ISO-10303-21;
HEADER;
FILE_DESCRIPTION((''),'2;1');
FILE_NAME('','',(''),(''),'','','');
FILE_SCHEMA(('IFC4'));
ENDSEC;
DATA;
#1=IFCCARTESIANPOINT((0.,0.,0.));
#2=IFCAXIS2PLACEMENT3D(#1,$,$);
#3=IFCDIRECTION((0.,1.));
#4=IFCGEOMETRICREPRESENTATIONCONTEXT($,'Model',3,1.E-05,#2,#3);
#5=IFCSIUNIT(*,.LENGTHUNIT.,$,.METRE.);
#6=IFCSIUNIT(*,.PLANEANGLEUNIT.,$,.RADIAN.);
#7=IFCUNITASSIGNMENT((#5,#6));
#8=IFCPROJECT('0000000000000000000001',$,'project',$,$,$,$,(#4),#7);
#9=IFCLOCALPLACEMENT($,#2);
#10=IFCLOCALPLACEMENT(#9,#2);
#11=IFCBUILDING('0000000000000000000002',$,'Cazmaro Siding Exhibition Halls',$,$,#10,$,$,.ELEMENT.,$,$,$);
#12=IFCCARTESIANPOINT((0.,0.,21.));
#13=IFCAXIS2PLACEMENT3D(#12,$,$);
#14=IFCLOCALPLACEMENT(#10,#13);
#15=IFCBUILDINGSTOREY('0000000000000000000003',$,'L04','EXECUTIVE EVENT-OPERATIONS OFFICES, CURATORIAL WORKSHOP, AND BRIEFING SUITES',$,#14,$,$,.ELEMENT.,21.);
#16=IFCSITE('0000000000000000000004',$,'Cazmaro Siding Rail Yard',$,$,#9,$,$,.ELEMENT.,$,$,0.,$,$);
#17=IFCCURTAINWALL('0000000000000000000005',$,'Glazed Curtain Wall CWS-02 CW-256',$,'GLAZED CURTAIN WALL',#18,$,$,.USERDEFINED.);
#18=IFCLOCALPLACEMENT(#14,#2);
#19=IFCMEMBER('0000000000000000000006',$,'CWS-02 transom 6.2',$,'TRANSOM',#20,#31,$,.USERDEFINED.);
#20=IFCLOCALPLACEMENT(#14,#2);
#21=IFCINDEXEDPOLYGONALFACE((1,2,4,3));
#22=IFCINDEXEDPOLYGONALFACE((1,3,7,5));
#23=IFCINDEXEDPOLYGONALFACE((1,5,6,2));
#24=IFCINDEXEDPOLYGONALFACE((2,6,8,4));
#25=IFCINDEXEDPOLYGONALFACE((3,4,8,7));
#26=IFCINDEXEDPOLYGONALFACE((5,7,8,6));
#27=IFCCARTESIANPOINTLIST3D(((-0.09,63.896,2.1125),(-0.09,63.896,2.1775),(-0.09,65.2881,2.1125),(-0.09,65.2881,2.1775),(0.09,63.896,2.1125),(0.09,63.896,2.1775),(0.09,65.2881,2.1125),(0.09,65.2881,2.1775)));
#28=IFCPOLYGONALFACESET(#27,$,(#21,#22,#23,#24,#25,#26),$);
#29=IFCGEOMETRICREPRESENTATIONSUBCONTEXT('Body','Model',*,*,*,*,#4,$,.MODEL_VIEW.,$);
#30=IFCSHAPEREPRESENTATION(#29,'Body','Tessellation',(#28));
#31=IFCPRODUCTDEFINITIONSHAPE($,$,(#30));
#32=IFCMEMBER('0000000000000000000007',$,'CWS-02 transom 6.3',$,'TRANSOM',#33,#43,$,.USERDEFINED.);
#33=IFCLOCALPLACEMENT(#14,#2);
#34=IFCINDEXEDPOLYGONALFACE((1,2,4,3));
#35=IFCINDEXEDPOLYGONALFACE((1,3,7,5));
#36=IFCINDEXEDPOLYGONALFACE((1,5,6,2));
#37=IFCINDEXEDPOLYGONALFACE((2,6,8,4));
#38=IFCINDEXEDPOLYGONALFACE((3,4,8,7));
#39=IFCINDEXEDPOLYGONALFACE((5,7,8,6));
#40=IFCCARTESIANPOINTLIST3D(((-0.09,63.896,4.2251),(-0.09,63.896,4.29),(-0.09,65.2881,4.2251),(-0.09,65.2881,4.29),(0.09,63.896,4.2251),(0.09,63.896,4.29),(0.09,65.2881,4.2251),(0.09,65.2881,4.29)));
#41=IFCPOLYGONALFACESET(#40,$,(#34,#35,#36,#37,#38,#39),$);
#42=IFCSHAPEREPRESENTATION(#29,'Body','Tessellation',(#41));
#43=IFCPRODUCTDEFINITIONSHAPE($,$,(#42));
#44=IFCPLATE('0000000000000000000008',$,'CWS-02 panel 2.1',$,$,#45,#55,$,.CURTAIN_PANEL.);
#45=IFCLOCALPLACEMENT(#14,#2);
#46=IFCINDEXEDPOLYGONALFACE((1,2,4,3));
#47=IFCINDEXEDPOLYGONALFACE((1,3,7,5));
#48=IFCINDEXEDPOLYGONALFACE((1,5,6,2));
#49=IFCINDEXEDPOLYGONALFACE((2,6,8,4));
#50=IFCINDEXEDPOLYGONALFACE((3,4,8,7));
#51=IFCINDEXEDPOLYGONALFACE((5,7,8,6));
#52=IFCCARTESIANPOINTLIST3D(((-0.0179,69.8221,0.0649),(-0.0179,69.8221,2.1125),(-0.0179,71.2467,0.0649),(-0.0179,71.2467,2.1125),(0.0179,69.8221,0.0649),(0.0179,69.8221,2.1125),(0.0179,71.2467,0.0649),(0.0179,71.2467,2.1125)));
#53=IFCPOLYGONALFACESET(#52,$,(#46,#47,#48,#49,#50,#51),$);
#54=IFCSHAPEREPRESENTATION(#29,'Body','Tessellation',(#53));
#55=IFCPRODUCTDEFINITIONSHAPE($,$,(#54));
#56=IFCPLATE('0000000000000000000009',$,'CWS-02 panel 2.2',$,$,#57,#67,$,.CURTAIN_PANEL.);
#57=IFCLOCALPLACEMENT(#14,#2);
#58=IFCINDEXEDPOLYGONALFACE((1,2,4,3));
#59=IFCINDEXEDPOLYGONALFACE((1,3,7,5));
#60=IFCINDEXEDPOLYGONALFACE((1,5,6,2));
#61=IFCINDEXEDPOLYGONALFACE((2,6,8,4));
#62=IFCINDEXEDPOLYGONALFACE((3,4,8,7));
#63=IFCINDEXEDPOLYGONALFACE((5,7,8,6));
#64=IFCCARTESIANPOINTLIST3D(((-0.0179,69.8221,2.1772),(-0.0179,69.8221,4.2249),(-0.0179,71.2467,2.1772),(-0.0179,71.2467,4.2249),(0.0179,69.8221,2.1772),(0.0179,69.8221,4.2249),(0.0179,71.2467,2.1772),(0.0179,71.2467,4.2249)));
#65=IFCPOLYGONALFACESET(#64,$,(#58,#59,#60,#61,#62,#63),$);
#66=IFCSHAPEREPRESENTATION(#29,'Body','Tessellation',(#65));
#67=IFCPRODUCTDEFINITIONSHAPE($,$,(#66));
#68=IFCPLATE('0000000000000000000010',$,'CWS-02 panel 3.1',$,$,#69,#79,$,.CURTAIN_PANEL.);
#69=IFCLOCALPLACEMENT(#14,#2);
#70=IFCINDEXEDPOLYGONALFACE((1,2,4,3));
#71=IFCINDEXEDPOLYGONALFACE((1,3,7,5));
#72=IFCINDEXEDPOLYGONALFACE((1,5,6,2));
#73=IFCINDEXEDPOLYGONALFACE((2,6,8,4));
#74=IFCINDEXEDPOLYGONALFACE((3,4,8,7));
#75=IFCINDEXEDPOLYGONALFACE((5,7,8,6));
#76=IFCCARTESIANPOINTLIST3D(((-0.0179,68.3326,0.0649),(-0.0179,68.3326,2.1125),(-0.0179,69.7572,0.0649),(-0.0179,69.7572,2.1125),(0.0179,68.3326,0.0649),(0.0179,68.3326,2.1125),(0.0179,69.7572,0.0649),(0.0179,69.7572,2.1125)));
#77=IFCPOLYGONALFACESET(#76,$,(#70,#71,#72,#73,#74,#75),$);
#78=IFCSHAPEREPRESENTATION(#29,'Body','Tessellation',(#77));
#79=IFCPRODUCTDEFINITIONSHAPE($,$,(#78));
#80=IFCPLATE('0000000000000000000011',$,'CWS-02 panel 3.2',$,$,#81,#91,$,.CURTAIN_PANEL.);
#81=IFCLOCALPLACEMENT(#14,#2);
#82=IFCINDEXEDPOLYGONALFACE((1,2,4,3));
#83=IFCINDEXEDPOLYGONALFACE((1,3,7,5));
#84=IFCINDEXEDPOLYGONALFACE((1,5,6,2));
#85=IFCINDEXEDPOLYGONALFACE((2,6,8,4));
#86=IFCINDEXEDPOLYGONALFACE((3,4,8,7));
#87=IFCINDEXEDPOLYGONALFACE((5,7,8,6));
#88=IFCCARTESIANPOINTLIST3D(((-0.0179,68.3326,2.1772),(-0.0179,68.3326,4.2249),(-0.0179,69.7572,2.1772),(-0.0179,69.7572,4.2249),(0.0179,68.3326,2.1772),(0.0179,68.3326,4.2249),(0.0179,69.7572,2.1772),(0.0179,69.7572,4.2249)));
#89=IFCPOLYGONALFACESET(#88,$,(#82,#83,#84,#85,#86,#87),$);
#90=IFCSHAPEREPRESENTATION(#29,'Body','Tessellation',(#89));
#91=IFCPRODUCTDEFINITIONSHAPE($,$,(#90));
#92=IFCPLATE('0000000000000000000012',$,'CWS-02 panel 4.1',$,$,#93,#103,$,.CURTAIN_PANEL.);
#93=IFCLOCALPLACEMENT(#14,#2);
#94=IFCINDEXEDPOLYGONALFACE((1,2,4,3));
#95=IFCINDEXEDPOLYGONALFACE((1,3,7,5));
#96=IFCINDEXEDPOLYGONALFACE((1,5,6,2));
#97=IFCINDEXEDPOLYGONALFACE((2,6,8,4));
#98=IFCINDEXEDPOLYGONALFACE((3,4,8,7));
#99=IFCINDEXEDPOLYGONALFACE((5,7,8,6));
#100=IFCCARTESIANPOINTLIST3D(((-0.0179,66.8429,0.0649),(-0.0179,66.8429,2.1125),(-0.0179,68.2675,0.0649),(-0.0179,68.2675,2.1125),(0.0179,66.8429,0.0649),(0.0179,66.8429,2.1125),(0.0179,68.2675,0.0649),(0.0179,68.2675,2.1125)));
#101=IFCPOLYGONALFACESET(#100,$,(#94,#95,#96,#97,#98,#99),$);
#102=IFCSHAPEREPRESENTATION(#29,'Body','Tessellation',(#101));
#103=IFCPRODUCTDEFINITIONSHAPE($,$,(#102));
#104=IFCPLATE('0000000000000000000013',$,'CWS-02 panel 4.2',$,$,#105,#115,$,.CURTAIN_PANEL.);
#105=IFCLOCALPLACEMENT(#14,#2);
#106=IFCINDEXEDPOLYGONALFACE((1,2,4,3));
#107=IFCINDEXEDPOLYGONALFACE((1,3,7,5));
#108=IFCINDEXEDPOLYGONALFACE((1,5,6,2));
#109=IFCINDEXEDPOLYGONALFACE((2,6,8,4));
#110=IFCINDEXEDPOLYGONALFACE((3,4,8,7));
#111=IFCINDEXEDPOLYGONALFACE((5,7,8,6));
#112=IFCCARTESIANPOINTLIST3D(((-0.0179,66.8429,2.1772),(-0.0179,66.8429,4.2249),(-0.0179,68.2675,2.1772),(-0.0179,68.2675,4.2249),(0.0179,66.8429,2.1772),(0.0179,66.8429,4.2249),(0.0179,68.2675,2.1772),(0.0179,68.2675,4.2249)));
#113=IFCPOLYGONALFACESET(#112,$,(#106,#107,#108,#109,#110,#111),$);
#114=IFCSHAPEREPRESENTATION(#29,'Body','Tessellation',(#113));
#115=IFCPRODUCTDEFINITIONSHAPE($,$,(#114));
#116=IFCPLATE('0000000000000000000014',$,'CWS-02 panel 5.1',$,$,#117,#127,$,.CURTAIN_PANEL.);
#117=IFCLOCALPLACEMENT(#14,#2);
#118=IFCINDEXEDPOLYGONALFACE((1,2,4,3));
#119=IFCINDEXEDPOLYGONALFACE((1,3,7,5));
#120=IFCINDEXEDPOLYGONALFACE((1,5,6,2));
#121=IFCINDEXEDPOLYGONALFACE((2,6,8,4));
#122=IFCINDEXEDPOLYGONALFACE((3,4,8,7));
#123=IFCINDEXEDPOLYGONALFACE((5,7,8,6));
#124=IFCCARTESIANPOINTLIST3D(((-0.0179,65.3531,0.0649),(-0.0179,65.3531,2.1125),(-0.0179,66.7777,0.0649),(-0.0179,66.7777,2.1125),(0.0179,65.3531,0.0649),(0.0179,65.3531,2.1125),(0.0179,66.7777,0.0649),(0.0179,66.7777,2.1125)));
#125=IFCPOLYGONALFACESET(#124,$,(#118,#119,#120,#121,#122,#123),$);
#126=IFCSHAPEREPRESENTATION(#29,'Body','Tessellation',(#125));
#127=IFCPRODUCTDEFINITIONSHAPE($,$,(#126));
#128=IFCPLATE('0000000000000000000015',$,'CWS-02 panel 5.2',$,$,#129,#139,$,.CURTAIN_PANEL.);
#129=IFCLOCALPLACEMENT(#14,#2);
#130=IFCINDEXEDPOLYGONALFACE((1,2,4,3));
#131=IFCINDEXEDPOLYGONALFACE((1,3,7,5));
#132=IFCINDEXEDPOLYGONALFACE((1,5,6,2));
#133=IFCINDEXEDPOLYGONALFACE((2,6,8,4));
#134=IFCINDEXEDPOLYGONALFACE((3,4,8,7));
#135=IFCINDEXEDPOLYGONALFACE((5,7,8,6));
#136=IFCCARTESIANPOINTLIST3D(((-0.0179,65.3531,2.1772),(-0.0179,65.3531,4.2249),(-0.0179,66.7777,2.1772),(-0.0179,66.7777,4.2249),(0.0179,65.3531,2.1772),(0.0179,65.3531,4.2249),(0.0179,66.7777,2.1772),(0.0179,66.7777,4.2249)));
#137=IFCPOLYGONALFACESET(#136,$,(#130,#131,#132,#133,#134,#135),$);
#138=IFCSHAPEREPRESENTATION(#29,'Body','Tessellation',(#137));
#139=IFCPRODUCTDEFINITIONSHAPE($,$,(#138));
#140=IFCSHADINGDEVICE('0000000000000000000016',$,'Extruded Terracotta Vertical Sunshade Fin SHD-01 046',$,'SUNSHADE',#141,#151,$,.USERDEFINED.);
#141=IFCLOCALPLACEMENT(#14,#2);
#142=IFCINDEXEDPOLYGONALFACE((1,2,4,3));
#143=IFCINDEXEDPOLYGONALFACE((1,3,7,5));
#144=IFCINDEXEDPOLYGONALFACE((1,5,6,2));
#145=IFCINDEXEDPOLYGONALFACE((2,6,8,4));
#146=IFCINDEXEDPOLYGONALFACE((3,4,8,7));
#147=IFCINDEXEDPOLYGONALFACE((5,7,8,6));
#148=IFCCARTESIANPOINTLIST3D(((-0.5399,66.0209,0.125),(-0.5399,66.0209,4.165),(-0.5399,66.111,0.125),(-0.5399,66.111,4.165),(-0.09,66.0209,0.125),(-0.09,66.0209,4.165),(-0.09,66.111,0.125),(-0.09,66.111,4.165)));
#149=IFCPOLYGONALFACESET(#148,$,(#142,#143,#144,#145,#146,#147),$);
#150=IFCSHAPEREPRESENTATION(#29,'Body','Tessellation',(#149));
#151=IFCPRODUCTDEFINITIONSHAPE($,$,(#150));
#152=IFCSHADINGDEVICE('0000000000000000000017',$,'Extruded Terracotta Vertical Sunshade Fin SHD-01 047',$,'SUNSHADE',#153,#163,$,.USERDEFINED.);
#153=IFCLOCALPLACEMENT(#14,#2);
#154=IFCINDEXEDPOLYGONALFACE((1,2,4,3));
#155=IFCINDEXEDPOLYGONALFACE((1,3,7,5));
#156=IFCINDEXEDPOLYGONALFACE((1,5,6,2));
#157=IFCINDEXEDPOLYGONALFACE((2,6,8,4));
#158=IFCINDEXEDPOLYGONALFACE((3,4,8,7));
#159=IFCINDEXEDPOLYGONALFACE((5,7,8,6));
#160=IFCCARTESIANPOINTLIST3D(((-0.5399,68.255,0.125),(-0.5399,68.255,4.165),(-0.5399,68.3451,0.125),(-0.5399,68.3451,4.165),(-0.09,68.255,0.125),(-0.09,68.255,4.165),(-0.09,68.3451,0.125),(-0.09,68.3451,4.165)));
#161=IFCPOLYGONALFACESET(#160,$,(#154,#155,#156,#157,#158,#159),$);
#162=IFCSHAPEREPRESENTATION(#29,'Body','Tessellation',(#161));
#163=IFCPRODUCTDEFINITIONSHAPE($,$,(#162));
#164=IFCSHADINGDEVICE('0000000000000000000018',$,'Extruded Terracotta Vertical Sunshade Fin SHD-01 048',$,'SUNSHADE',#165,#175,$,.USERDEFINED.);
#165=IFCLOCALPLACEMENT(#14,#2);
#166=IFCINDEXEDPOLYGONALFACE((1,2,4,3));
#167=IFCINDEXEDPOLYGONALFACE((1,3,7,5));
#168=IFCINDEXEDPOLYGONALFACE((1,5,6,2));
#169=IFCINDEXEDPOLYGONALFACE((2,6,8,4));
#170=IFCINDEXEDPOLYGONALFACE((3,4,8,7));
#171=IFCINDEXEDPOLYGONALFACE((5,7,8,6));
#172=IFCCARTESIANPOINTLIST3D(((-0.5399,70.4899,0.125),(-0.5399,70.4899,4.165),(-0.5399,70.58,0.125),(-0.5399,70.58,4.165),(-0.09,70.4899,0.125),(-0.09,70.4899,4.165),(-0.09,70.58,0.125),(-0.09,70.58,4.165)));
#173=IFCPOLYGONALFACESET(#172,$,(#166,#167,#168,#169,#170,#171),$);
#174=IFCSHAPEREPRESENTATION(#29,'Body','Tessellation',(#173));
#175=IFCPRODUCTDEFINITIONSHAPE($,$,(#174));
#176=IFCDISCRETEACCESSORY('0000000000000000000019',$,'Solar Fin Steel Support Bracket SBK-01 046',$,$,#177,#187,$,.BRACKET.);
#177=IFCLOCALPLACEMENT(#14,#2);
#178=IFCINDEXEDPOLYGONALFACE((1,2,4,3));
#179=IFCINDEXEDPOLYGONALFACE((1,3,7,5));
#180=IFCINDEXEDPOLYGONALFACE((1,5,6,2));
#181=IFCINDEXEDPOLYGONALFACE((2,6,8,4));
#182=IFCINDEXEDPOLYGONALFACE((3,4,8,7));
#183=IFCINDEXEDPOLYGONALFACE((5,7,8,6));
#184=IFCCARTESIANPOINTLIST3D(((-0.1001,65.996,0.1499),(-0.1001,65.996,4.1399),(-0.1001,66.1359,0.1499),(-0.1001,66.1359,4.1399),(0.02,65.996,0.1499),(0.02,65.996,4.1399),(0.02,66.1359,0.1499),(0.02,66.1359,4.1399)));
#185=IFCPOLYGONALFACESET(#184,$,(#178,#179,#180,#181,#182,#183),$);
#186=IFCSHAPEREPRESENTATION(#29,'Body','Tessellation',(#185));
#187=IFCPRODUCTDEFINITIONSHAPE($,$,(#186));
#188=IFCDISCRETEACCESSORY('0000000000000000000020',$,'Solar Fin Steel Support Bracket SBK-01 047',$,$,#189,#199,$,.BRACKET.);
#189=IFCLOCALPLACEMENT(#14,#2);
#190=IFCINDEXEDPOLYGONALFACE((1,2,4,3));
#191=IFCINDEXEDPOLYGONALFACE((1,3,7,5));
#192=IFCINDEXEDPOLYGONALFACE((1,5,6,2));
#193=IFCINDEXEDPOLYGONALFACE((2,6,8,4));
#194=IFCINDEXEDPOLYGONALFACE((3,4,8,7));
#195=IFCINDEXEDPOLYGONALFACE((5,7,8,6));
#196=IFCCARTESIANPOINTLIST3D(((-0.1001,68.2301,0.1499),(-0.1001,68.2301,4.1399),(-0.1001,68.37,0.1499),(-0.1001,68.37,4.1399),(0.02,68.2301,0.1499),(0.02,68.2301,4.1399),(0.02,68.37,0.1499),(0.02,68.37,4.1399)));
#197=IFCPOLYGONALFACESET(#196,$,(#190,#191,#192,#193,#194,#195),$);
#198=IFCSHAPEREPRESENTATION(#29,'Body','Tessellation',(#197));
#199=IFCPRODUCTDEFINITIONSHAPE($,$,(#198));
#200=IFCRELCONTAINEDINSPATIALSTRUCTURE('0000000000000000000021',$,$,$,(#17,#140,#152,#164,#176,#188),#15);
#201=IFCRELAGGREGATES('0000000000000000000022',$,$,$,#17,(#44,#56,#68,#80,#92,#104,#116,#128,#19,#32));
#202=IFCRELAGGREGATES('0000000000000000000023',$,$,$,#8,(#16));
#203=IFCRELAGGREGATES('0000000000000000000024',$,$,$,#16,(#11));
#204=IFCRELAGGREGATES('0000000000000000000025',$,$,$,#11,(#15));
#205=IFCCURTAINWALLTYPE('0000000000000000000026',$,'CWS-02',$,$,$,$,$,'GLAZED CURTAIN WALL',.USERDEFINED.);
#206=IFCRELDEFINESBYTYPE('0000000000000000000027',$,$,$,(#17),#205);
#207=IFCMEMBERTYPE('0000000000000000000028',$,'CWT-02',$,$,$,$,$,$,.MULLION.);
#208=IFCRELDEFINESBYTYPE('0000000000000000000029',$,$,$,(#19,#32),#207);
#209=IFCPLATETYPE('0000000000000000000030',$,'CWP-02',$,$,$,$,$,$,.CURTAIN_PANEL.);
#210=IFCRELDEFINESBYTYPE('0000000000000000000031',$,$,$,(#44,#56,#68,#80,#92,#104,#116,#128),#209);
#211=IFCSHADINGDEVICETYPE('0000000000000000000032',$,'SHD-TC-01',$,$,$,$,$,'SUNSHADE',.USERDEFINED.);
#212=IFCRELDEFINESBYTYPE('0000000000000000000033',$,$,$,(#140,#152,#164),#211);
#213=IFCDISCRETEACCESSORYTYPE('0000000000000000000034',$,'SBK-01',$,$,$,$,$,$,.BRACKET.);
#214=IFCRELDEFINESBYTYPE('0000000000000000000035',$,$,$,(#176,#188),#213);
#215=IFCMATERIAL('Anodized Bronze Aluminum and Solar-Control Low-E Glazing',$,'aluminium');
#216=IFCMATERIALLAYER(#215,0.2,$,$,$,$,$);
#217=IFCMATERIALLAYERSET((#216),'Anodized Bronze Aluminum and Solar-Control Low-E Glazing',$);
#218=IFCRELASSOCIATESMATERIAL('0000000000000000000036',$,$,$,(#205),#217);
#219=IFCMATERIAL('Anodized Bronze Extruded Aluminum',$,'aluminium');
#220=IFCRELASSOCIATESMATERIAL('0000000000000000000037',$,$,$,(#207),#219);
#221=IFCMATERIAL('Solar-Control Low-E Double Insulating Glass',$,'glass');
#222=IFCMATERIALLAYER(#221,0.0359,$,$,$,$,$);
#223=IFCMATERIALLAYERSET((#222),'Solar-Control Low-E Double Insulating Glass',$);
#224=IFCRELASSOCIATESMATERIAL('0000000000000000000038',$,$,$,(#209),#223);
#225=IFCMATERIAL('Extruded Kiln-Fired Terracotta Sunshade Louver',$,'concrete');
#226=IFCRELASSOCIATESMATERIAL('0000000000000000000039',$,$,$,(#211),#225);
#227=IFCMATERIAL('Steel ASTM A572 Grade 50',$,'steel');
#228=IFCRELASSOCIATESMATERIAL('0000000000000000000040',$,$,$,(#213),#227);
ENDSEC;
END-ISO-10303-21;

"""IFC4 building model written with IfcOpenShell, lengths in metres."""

from ifc_helpers import new_model, si_unit, direction, frame, origin, origin_2d, place, context, subcontext, project, spatial, rectangle, extrude, material, layer, layer_set, material_profile, profile_set, type_object, element, aggregate, save


model = new_model("IFC4")

# Units and contexts
model_context = context("Model", 3, precision=1e-05, world=origin(), true_north=direction((0.0, 1.0)))
body_context = subcontext(model_context, "Body", "Model", "MODEL_VIEW")
ifc_project = project(units=[si_unit("LENGTHUNIT", "METRE"), si_unit("PLANEANGLEUNIT", "RADIAN")], contexts=[model_context])

# Site, building, storey
site_placement = place(None, origin())
site = spatial("IfcSite", under=ifc_project, at=site_placement, Name="Cazmaro Siding Rail Yard", CompositionType="ELEMENT", RefElevation=0.0)
building_placement = place(site_placement, origin())
building = spatial("IfcBuilding", under=site, at=building_placement, Name="Cazmaro Siding Exhibition Halls", CompositionType="ELEMENT")
storey_placement = place(building_placement, frame((0.0, 0.0, 21.0)))
storey = spatial("IfcBuildingStorey", under=building, at=storey_placement, Name="L04", Description="EXECUTIVE EVENT-OPERATIONS OFFICES, CURATORIAL WORKSHOP, AND BRIEFING SUITES", CompositionType="ELEMENT", Elevation=21.0)

# Curtain wall, members, plates
ifc_material_1 = material(Name="Anodized Bronze Aluminum and Solar-Control Low-E Glazing", Category="aluminium")
ifc_layer_1 = layer(ifc_material_1, 0.2)
ifc_layer_set_1 = layer_set([ifc_layer_1], Name="Anodized Bronze Aluminum and Solar-Control Low-E Glazing")
curtain_wall_type = type_object("IfcCurtainWallType", Name="CWS-02", ElementType="GLAZED CURTAIN WALL", PredefinedType="USERDEFINED", material=ifc_layer_set_1)
curtain_wall_placement = place(storey_placement, origin())
curtain_wall = element("IfcCurtainWall", 1, at=curtain_wall_placement, inside=storey, type_object=curtain_wall_type, Name="Glazed Curtain Wall CWS-02 CW-256", ObjectType="GLAZED CURTAIN WALL", PredefinedType="USERDEFINED")
ifc_material_2 = material(Name="Anodized Bronze Extruded Aluminum", Category="aluminium")
ifc_material_profile_1 = material_profile(ifc_material_2, rectangle(XDim=0.1799, YDim=0.0649, at=origin_2d()), Name="CWT-02")
ifc_profile_set_1 = profile_set([ifc_material_profile_1], Name="Anodized Bronze Extruded Aluminum")
member_type_1 = type_object("IfcMemberType", Name="CWT-02", PredefinedType="MULLION", material=ifc_profile_set_1)
member_1_placement = place(storey_placement, frame((0.0, 65.2881, 2.145), z_axis=(0.0, -1.0, 0.0), x_axis=(1.0, 0.0, 0.0)))
member_1 = element("IfcMember", 2, at=member_1_placement, type_object=member_type_1, Name="CWS-02 transom 6.2", ObjectType="TRANSOM", PredefinedType="USERDEFINED", context=body_context, shape_type="SweptSolid", body=[
    extrude(rectangle(XDim=0.1799, YDim=0.0649, at=origin_2d()), origin(), (0.0, 0.0, 1.0), 1.3921),
])
member_2_placement = place(storey_placement, frame((0.0, 65.2881, 4.2576), z_axis=(0.0, -1.0, 0.0), x_axis=(1.0, 0.0, 0.0)))
member_2 = element("IfcMember", 3, at=member_2_placement, type_object=member_type_1, Name="CWS-02 transom 6.3", ObjectType="TRANSOM", PredefinedType="USERDEFINED", context=body_context, shape_type="SweptSolid", body=[
    extrude(rectangle(XDim=0.1799, YDim=0.0649, at=origin_2d()), origin(), (0.0, 0.0, 1.0), 1.3921),
])
ifc_material_3 = material(Name="Solar-Control Low-E Double Insulating Glass", Category="glass")
ifc_layer_2 = layer(ifc_material_3, 0.0359)
ifc_layer_set_2 = layer_set([ifc_layer_2], Name="Solar-Control Low-E Double Insulating Glass")
plate_type = type_object("IfcPlateType", Name="CWP-02", PredefinedType="CURTAIN_PANEL", material=ifc_layer_set_2)
plate_1_placement = place(storey_placement, frame((0.0, 70.5344, 0.0649), z_axis=(0.0, 0.0, 1.0), x_axis=(0.0, -1.0, 0.0)))
plate_1 = element("IfcPlate", 4, at=plate_1_placement, type_object=plate_type, Name="CWS-02 panel 2.1", PredefinedType="CURTAIN_PANEL", context=body_context, shape_type="SweptSolid", body=[
    extrude(rectangle(XDim=1.4246, YDim=0.0359, at=origin_2d()), origin(), (0.0, 0.0, 1.0), 2.0476),
])
plate_2_placement = place(storey_placement, frame((0.0, 70.5344, 2.1772), z_axis=(0.0, 0.0, 1.0), x_axis=(0.0, -1.0, 0.0)))
plate_2 = element("IfcPlate", 5, at=plate_2_placement, type_object=plate_type, Name="CWS-02 panel 2.2", PredefinedType="CURTAIN_PANEL", context=body_context, shape_type="SweptSolid", body=[
    extrude(rectangle(XDim=1.4246, YDim=0.0359, at=origin_2d()), origin(), (0.0, 0.0, 1.0), 2.0476),
])
plate_3_placement = place(storey_placement, frame((0.0, 69.0449, 0.0649), z_axis=(0.0, 0.0, 1.0), x_axis=(0.0, -1.0, 0.0)))
plate_3 = element("IfcPlate", 6, at=plate_3_placement, type_object=plate_type, Name="CWS-02 panel 3.1", PredefinedType="CURTAIN_PANEL", context=body_context, shape_type="SweptSolid", body=[
    extrude(rectangle(XDim=1.4246, YDim=0.0359, at=origin_2d()), origin(), (0.0, 0.0, 1.0), 2.0476),
])
plate_4_placement = place(storey_placement, frame((0.0, 69.0449, 2.1772), z_axis=(0.0, 0.0, 1.0), x_axis=(0.0, -1.0, 0.0)))
plate_4 = element("IfcPlate", 7, at=plate_4_placement, type_object=plate_type, Name="CWS-02 panel 3.2", PredefinedType="CURTAIN_PANEL", context=body_context, shape_type="SweptSolid", body=[
    extrude(rectangle(XDim=1.4246, YDim=0.0359, at=origin_2d()), origin(), (0.0, 0.0, 1.0), 2.0476),
])
plate_5_placement = place(storey_placement, frame((0.0, 67.5552, 0.0649), z_axis=(0.0, 0.0, 1.0), x_axis=(0.0, -1.0, 0.0)))
plate_5 = element("IfcPlate", 8, at=plate_5_placement, type_object=plate_type, Name="CWS-02 panel 4.1", PredefinedType="CURTAIN_PANEL", context=body_context, shape_type="SweptSolid", body=[
    extrude(rectangle(XDim=1.4246, YDim=0.0359, at=origin_2d()), origin(), (0.0, 0.0, 1.0), 2.0476),
])
plate_6_placement = place(storey_placement, frame((0.0, 67.5552, 2.1772), z_axis=(0.0, 0.0, 1.0), x_axis=(0.0, -1.0, 0.0)))
plate_6 = element("IfcPlate", 9, at=plate_6_placement, type_object=plate_type, Name="CWS-02 panel 4.2", PredefinedType="CURTAIN_PANEL", context=body_context, shape_type="SweptSolid", body=[
    extrude(rectangle(XDim=1.4246, YDim=0.0359, at=origin_2d()), origin(), (0.0, 0.0, 1.0), 2.0476),
])
plate_7_placement = place(storey_placement, frame((0.0, 66.0654, 0.0649), z_axis=(0.0, 0.0, 1.0), x_axis=(0.0, -1.0, 0.0)))
plate_7 = element("IfcPlate", 10, at=plate_7_placement, type_object=plate_type, Name="CWS-02 panel 5.1", PredefinedType="CURTAIN_PANEL", context=body_context, shape_type="SweptSolid", body=[
    extrude(rectangle(XDim=1.4246, YDim=0.0359, at=origin_2d()), origin(), (0.0, 0.0, 1.0), 2.0476),
])
plate_8_placement = place(storey_placement, frame((0.0, 66.0654, 2.1772), z_axis=(0.0, 0.0, 1.0), x_axis=(0.0, -1.0, 0.0)))
plate_8 = element("IfcPlate", 11, at=plate_8_placement, type_object=plate_type, Name="CWS-02 panel 5.2", PredefinedType="CURTAIN_PANEL", context=body_context, shape_type="SweptSolid", body=[
    extrude(rectangle(XDim=1.4246, YDim=0.0359, at=origin_2d()), origin(), (0.0, 0.0, 1.0), 2.0476),
])
aggregate(curtain_wall, [plate_1, plate_2, plate_3, plate_4, plate_5, plate_6, plate_7, plate_8, member_1, member_2])

# Shading devices
ifc_material_4 = material(Name="Extruded Kiln-Fired Terracotta Sunshade Louver", Category="concrete")
shading_device_type = type_object("IfcShadingDeviceType", Name="SHD-TC-01", ElementType="SUNSHADE", PredefinedType="USERDEFINED", material=ifc_material_4)
for number, where, z_axis, x_axis, name in (
    (12, (-0.3149, 66.0659, 0.125), (0.0, 0.0, 1.0), (1.0, 0.0, 0.0), "Extruded Terracotta Vertical Sunshade Fin SHD-01 046"),
    (13, (-0.3149, 68.3, 0.125), (0.0, 0.0, 1.0), (1.0, 0.0, 0.0), "Extruded Terracotta Vertical Sunshade Fin SHD-01 047"),
    (14, (-0.3149, 70.5349, 0.125), (0.0, 0.0, 1.0), (1.0, 0.0, 0.0), "Extruded Terracotta Vertical Sunshade Fin SHD-01 048"),
):
    element("IfcShadingDevice", number, at=place(storey_placement, frame(where, z_axis=z_axis, x_axis=x_axis)), inside=storey, type_object=shading_device_type, Name=name, ObjectType="SUNSHADE", PredefinedType="USERDEFINED", context=body_context, shape_type="SweptSolid", body=[
        extrude(rectangle(XDim=0.45, YDim=0.0901, at=origin_2d()), origin(), (0.0, 0.0, 1.0), 4.04),
    ])

# Discrete accessories
ifc_material_5 = material(Name="Steel ASTM A572 Grade 50", Category="steel")
discrete_accessory_type = type_object("IfcDiscreteAccessoryType", Name="SBK-01", PredefinedType="BRACKET", material=ifc_material_5)
for number, where, z_axis, x_axis, name in (
    (15, (-0.04, 66.0659, 0.1499), (0.0, 0.0, 1.0), (1.0, 0.0, 0.0), "Solar Fin Steel Support Bracket SBK-01 046"),
    (16, (-0.04, 68.3, 0.1499), (0.0, 0.0, 1.0), (1.0, 0.0, 0.0), "Solar Fin Steel Support Bracket SBK-01 047"),
):
    element("IfcDiscreteAccessory", number, at=place(storey_placement, frame(where, z_axis=z_axis, x_axis=x_axis)), inside=storey, type_object=discrete_accessory_type, Name=name, PredefinedType="BRACKET", context=body_context, shape_type="SweptSolid", body=[
        extrude(rectangle(XDim=0.1201, YDim=0.1399, at=origin_2d()), origin(), (0.0, 0.0, 1.0), 3.99),
    ])

save(model, "model.ifc")
